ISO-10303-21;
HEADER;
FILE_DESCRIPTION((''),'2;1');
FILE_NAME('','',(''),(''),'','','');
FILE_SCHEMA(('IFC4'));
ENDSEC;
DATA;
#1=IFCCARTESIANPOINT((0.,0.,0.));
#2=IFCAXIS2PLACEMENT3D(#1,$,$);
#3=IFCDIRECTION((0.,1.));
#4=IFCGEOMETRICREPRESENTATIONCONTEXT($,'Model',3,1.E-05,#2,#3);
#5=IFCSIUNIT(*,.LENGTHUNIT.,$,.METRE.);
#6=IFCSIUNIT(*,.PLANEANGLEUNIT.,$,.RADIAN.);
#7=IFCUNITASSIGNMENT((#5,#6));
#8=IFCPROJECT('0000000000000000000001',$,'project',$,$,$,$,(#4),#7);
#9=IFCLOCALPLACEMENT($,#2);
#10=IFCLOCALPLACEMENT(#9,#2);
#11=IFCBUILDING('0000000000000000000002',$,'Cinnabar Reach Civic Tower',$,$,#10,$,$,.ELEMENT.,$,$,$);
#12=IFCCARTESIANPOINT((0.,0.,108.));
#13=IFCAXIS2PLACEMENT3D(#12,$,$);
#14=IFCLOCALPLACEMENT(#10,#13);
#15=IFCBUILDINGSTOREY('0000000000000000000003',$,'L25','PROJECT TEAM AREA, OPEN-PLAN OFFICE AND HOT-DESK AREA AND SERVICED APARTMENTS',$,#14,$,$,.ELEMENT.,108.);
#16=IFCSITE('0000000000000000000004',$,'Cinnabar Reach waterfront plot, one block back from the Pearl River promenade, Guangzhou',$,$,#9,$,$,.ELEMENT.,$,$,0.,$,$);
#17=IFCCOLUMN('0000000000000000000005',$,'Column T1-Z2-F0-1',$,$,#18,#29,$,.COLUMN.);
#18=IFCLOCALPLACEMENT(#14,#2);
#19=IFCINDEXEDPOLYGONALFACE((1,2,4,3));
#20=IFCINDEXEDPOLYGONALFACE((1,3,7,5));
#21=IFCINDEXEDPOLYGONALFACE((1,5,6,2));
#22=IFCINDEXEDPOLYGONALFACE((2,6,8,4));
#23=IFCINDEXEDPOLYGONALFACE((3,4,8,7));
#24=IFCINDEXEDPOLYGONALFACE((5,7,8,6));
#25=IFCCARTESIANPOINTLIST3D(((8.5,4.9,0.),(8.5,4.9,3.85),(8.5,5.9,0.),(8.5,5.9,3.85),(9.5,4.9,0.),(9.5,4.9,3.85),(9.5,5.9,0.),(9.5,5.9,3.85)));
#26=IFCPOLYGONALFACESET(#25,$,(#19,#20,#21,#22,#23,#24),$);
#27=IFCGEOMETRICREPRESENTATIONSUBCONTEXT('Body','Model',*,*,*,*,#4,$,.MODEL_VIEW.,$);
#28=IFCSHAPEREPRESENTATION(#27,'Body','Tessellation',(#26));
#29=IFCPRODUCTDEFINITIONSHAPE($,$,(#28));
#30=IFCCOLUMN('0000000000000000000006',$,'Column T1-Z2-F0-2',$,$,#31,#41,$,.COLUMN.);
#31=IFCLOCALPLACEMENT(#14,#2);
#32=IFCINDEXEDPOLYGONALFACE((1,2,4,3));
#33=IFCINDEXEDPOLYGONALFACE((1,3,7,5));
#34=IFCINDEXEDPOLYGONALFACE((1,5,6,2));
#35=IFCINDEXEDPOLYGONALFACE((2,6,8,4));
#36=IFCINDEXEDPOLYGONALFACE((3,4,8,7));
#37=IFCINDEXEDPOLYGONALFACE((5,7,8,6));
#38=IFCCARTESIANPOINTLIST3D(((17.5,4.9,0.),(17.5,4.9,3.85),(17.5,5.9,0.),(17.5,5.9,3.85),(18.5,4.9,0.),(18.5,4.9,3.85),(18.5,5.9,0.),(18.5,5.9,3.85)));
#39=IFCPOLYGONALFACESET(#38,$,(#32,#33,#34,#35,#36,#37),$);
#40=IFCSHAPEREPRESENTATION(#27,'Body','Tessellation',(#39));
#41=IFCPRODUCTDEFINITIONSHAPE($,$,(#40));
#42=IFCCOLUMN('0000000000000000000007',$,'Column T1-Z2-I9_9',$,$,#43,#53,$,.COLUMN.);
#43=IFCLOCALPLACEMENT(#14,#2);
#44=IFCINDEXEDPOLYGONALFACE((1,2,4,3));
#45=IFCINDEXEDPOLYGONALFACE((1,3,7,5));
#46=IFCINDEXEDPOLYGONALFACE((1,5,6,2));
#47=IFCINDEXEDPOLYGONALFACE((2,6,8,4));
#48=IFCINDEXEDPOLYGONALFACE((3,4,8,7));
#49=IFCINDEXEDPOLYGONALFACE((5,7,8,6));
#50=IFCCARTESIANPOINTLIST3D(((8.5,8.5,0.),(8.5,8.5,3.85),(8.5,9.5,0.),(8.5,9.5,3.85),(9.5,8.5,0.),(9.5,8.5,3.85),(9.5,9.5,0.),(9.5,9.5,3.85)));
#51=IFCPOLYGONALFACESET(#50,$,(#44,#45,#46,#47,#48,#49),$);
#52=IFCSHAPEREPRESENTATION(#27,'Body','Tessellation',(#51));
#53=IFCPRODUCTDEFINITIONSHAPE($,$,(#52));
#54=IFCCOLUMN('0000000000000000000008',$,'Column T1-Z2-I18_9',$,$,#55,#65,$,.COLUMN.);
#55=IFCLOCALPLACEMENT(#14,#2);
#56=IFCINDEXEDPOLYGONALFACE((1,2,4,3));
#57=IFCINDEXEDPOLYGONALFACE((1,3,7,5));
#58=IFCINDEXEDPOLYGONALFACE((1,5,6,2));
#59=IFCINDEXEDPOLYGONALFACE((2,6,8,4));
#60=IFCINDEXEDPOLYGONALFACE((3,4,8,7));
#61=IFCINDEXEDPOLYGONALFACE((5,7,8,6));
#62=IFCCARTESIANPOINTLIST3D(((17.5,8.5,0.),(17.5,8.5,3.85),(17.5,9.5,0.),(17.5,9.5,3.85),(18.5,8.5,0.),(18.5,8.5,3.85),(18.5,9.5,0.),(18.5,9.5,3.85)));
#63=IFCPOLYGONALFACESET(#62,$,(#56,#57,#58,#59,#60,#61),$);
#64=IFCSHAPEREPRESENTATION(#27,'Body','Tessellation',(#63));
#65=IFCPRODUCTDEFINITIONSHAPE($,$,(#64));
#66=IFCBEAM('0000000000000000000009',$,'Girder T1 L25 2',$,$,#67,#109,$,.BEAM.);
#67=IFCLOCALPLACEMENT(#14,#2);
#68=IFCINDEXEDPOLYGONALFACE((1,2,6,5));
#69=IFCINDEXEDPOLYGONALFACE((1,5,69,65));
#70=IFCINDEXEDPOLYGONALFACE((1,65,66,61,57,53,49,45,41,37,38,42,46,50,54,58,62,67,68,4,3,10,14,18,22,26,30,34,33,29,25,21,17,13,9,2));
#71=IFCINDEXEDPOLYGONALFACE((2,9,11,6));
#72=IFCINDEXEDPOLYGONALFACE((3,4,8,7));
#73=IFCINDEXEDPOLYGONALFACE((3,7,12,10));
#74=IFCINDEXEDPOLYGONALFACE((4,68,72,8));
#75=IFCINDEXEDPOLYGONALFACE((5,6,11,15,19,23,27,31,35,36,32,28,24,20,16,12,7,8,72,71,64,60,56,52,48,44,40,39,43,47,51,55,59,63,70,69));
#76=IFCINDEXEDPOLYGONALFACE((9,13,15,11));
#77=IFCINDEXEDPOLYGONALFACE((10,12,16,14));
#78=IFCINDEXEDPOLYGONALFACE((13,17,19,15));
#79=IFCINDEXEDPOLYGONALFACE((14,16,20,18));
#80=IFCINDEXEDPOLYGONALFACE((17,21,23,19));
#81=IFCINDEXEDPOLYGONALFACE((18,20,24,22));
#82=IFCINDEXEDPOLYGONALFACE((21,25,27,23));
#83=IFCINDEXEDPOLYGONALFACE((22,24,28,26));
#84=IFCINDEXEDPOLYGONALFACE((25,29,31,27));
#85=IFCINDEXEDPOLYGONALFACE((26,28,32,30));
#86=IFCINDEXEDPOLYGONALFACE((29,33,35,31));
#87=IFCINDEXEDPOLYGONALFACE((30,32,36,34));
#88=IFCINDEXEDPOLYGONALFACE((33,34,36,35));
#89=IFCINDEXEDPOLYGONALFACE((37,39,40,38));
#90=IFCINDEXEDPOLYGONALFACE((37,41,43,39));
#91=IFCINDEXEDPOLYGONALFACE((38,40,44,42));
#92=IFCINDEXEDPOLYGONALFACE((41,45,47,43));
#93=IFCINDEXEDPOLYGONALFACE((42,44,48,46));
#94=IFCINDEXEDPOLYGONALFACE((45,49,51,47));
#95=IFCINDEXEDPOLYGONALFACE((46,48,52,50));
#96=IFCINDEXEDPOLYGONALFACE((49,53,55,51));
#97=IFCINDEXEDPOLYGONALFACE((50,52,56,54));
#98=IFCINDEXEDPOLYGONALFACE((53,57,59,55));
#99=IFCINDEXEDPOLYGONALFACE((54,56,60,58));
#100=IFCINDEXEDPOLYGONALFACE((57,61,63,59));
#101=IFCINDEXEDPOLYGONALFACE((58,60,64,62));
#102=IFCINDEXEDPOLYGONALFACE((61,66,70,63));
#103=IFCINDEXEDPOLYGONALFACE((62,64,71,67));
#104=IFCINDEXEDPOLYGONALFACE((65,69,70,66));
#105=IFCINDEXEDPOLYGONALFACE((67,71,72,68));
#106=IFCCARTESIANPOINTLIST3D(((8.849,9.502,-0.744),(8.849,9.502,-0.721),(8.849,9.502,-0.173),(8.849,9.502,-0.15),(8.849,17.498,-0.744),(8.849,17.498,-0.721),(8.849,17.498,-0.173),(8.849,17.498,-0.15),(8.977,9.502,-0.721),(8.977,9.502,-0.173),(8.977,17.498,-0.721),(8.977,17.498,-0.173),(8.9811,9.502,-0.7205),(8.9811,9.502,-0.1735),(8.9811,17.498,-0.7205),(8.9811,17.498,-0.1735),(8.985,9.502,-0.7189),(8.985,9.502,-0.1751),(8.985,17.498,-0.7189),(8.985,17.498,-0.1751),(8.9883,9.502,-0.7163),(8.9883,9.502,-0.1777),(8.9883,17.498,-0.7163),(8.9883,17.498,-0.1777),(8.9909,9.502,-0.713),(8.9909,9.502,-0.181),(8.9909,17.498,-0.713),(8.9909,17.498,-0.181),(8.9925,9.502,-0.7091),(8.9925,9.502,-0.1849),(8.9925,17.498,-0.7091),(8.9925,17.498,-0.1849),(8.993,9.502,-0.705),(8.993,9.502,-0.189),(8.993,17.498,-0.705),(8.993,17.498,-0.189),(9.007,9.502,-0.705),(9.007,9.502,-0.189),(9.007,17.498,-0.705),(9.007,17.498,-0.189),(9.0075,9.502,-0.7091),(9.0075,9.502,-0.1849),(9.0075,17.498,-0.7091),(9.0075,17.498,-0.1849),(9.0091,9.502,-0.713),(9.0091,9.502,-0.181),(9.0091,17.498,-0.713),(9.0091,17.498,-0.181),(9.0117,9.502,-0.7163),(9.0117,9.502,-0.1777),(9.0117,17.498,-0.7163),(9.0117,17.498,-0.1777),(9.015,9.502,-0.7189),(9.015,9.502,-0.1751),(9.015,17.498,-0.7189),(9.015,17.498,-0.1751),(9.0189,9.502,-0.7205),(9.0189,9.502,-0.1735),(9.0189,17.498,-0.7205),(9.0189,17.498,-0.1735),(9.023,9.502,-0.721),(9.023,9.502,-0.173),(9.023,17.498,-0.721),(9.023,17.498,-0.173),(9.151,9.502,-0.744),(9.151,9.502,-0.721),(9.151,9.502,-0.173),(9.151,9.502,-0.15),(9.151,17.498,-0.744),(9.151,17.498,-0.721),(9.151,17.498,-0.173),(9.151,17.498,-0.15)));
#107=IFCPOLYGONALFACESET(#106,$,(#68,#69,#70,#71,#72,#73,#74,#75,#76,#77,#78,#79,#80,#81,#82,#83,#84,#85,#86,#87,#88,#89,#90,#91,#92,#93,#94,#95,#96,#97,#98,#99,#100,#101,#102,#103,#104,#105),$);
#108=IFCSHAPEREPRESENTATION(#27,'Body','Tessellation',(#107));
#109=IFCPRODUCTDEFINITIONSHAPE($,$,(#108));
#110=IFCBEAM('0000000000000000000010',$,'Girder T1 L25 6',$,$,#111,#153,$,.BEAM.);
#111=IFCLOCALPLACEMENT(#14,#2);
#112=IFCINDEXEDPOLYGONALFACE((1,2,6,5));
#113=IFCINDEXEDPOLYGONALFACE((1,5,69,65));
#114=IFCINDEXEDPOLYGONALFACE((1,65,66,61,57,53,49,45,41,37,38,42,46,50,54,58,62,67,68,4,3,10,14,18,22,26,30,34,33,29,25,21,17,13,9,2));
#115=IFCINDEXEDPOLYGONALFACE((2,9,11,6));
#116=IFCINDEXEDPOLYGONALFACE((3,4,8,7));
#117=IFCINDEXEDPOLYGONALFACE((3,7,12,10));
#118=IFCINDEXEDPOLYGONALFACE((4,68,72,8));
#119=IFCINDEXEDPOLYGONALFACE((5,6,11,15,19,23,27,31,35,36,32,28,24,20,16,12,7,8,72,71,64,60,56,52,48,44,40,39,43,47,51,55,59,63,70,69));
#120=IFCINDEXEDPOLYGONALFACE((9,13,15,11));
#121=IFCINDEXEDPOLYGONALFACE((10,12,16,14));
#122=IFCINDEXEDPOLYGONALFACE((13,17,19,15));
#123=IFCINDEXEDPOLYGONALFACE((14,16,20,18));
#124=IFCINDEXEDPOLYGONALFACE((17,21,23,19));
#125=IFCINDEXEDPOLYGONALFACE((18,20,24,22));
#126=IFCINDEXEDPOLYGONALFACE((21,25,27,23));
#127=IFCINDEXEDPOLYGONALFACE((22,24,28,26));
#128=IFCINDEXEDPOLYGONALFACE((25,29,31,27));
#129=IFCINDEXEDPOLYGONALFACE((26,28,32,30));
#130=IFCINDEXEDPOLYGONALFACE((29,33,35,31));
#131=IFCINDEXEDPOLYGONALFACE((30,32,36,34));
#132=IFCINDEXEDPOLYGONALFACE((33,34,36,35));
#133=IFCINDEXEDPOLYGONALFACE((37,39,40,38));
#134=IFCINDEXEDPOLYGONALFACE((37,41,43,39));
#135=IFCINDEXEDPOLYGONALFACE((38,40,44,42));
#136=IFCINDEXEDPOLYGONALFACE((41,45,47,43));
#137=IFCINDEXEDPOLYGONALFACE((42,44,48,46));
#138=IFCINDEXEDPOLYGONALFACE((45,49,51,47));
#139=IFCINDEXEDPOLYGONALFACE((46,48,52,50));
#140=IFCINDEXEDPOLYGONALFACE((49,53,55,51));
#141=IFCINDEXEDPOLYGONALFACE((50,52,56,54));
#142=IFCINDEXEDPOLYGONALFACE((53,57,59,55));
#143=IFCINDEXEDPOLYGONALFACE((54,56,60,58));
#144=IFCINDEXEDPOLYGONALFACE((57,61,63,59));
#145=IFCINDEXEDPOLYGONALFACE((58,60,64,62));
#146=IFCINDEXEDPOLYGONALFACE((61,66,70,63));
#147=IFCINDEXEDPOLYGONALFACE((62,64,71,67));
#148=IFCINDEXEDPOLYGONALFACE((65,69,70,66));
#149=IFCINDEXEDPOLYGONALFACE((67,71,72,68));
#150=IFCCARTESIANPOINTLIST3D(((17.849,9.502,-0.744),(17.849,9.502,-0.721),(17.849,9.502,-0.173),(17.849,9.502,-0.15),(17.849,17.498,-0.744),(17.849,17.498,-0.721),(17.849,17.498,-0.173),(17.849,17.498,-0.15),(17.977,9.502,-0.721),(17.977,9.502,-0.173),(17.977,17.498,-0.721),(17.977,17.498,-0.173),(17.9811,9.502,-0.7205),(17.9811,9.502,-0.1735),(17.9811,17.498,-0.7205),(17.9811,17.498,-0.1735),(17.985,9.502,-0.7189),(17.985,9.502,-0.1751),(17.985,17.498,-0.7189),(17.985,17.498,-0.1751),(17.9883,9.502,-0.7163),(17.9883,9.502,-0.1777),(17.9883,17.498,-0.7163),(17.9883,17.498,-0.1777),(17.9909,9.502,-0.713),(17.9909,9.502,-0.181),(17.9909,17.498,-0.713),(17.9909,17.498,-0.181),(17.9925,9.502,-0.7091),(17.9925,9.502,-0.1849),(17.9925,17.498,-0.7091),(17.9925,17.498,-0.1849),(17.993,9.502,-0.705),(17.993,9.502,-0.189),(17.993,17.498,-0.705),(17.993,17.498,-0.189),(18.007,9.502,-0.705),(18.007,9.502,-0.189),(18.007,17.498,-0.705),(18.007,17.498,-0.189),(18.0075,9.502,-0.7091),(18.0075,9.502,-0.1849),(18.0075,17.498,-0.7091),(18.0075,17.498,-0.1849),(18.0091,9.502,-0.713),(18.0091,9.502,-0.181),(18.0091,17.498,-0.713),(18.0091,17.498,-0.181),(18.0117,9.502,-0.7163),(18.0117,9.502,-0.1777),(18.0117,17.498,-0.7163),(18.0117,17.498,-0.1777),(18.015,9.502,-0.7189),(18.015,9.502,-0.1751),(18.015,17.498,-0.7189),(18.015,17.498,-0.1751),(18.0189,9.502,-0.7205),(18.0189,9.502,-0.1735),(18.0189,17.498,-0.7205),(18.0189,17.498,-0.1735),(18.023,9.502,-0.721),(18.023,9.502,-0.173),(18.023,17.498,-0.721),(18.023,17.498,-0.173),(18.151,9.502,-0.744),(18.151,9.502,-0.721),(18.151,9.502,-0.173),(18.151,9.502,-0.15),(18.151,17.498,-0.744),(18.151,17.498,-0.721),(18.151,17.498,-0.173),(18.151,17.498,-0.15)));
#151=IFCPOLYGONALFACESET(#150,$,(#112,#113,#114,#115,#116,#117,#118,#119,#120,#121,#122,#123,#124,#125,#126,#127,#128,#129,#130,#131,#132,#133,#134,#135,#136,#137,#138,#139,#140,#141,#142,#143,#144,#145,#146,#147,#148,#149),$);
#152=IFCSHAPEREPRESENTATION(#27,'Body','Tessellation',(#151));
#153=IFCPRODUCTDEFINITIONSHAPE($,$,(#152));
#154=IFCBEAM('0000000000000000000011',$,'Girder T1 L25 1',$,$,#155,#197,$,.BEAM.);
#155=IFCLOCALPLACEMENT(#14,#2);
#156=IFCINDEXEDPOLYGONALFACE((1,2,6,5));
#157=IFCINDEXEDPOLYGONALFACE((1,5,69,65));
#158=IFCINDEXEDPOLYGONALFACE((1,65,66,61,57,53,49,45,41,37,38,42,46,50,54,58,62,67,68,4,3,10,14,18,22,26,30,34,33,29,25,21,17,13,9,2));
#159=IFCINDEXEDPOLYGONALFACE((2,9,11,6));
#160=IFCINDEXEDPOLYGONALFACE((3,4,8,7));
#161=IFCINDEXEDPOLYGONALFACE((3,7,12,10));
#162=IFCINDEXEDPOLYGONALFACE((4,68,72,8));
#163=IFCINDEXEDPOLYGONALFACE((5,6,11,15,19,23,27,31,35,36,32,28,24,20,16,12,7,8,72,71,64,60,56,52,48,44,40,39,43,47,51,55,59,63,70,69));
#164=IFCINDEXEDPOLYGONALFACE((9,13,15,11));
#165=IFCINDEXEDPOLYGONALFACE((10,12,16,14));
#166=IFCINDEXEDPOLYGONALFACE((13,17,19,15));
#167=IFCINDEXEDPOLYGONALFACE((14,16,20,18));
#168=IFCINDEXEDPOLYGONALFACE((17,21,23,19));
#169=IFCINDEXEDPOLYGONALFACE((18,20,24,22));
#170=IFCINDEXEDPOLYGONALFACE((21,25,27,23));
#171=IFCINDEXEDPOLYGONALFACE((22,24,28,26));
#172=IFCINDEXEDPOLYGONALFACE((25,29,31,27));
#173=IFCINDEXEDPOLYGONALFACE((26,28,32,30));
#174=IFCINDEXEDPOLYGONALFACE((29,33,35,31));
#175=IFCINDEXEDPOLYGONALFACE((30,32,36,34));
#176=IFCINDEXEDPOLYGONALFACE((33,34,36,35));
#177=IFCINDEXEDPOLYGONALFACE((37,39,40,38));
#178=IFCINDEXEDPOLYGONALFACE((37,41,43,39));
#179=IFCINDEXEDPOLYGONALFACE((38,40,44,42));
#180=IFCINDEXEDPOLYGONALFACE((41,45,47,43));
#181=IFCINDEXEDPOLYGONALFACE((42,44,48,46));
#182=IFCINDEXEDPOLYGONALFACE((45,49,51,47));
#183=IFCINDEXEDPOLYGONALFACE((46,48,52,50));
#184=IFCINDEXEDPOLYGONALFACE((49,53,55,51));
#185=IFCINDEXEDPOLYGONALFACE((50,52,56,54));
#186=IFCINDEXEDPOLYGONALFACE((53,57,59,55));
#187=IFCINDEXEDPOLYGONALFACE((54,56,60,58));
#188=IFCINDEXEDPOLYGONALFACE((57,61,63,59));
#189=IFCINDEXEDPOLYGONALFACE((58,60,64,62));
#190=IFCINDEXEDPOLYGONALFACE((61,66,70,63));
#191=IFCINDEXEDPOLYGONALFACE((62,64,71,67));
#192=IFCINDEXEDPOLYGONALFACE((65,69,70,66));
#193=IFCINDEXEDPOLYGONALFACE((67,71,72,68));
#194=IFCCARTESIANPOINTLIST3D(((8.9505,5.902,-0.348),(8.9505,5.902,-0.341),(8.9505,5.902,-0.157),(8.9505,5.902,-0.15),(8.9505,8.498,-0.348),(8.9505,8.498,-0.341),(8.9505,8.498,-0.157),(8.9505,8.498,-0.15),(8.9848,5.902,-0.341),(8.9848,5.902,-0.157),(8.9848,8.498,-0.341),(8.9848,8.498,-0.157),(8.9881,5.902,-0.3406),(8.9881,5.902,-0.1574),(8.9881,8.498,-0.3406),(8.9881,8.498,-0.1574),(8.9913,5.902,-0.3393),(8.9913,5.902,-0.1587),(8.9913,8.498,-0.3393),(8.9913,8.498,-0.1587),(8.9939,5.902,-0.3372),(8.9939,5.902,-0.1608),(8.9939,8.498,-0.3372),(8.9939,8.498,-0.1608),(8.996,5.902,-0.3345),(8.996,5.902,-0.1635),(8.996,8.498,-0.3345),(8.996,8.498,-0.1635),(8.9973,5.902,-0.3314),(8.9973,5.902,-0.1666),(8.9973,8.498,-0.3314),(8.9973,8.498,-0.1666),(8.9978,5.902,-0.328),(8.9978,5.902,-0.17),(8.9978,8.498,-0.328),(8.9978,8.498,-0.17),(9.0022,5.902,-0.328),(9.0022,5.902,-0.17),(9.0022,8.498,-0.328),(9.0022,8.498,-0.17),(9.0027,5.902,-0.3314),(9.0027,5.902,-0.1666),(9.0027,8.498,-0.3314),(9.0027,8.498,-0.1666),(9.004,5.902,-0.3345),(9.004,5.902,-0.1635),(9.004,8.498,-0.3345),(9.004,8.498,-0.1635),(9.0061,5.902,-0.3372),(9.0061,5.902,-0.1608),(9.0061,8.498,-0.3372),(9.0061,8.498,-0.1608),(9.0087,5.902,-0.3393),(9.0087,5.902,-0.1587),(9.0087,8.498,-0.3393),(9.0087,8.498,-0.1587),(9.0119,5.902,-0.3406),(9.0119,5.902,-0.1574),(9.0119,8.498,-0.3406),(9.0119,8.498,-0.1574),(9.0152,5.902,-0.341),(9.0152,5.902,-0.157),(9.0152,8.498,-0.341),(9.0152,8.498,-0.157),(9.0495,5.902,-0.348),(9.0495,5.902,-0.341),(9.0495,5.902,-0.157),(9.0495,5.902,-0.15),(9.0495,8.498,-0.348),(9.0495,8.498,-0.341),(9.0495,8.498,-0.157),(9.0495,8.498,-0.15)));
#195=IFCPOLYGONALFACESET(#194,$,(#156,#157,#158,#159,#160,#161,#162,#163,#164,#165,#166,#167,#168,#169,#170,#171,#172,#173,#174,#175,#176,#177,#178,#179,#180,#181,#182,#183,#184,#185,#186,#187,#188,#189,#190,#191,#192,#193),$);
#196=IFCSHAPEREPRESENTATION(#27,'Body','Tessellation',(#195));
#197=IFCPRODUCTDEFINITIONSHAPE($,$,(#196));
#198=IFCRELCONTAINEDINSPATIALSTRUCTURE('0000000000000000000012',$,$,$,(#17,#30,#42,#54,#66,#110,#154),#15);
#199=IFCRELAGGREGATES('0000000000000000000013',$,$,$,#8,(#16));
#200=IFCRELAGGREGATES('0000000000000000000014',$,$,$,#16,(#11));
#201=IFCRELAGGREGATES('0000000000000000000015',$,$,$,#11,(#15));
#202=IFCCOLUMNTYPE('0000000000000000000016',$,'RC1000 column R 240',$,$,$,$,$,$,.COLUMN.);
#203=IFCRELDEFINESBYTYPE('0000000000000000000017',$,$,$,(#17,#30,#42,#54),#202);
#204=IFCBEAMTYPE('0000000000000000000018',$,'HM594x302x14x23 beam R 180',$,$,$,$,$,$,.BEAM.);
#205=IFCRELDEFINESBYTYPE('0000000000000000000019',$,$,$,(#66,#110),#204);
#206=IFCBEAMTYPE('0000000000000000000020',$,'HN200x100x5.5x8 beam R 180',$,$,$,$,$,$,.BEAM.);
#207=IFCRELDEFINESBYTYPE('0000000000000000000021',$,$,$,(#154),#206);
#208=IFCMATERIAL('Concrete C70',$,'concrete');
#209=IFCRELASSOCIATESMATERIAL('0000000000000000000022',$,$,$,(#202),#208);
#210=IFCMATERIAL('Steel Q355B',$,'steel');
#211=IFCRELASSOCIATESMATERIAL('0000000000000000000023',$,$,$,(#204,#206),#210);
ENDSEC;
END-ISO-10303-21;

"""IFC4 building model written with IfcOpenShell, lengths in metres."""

from ifc_helpers import new_model, si_unit, direction, frame, origin, origin_2d, place, context, subcontext, project, spatial, rectangle, i_section, extrude, material, material_profile, profile_set, type_object, element, save


model = new_model("IFC4")

# Units and contexts
model_context = context("Model", 3, precision=1e-05, world=origin(), true_north=direction((0.0, 1.0)))
body_context = subcontext(model_context, "Body", "Model", "MODEL_VIEW")
ifc_project = project(units=[si_unit("LENGTHUNIT", "METRE"), si_unit("PLANEANGLEUNIT", "RADIAN")], contexts=[model_context])

# Site, building, storey
site_placement = place(None, origin())
site = spatial("IfcSite", under=ifc_project, at=site_placement, Name="Cinnabar Reach waterfront plot, one block back from the Pearl River promenade, Guangzhou", CompositionType="ELEMENT", RefElevation=0.0)
building_placement = place(site_placement, origin())
building = spatial("IfcBuilding", under=site, at=building_placement, Name="Cinnabar Reach Civic Tower", CompositionType="ELEMENT")
storey_placement = place(building_placement, frame((0.0, 0.0, 108.0)))
storey = spatial("IfcBuildingStorey", under=building, at=storey_placement, Name="L25", Description="PROJECT TEAM AREA, OPEN-PLAN OFFICE AND HOT-DESK AREA AND SERVICED APARTMENTS", CompositionType="ELEMENT", Elevation=108.0)

# Columns
ifc_material_1 = material(Name="Concrete C70", Category="concrete")
ifc_material_profile_1 = material_profile(ifc_material_1, rectangle(XDim=1.0, YDim=1.0, at=origin_2d()), Name="RC1000")
ifc_profile_set_1 = profile_set([ifc_material_profile_1], Name="Concrete C70")
column_type = type_object("IfcColumnType", Name="RC1000 column R 240", PredefinedType="COLUMN", material=ifc_profile_set_1)
for number, where, z_axis, x_axis, name in (
    (1, (9.0, 5.4, 0.0), (0.0, 0.0, 1.0), (1.0, 0.0, 0.0), "Column T1-Z2-F0-1"),
    (2, (18.0, 5.4, 0.0), (0.0, 0.0, 1.0), (1.0, 0.0, 0.0), "Column T1-Z2-F0-2"),
    (3, (9.0, 9.0, 0.0), (0.0, 0.0, 1.0), (1.0, 0.0, 0.0), "Column T1-Z2-I9_9"),
    (4, (18.0, 9.0, 0.0), (0.0, 0.0, 1.0), (1.0, 0.0, 0.0), "Column T1-Z2-I18_9"),
):
    element("IfcColumn", number, at=place(storey_placement, frame(where, z_axis=z_axis, x_axis=x_axis)), inside=storey, type_object=column_type, Name=name, PredefinedType="COLUMN", context=body_context, shape_type="SweptSolid", body=[
        extrude(rectangle(XDim=1.0, YDim=1.0, at=origin_2d()), origin(), (0.0, 0.0, 1.0), 3.85),
    ])

# Beams
ifc_material_2 = material(Name="Steel Q355B", Category="steel")
ifc_material_profile_2 = material_profile(ifc_material_2, i_section(OverallWidth=0.302, OverallDepth=0.594, WebThickness=0.014, FlangeThickness=0.023, FilletRadius=0.016, at=origin_2d()), Name="HM594x302x14x23")
ifc_profile_set_2 = profile_set([ifc_material_profile_2], Name="Steel Q355B")
beam_type_1 = type_object("IfcBeamType", Name="HM594x302x14x23 beam R 180", PredefinedType="BEAM", material=ifc_profile_set_2)
for number, where, z_axis, x_axis, name in (
    (5, (9.0, 9.502, -0.447), (0.0, 1.0, 0.0), (-1.0, 0.0, 0.0), "Girder T1 L25 2"),
    (6, (18.0, 9.502, -0.447), (0.0, 1.0, 0.0), (-1.0, 0.0, 0.0), "Girder T1 L25 6"),
):
    element("IfcBeam", number, at=place(storey_placement, frame(where, z_axis=z_axis, x_axis=x_axis)), inside=storey, type_object=beam_type_1, Name=name, PredefinedType="BEAM", context=body_context, shape_type="SweptSolid", body=[
        extrude(i_section(OverallWidth=0.302, OverallDepth=0.594, WebThickness=0.014, FlangeThickness=0.023, FilletRadius=0.016, at=origin_2d()), origin(), (0.0, 0.0, 1.0), 7.996),
    ])
ifc_material_profile_3 = material_profile(ifc_material_2, i_section(OverallWidth=0.099, OverallDepth=0.198, WebThickness=0.0045, FlangeThickness=0.007, FilletRadius=0.013, at=origin_2d()), Name="HN200x100x5.5x8")
ifc_profile_set_3 = profile_set([ifc_material_profile_3], Name="Steel Q355B")
beam_type_2 = type_object("IfcBeamType", Name="HN200x100x5.5x8 beam R 180", PredefinedType="BEAM", material=ifc_profile_set_3)
for number, where, z_axis, x_axis, name in (
    (7, (9.0, 5.902, -0.249), (0.0, 1.0, 0.0), (-1.0, 0.0, 0.0), "Girder T1 L25 1"),
):
    element("IfcBeam", number, at=place(storey_placement, frame(where, z_axis=z_axis, x_axis=x_axis)), inside=storey, type_object=beam_type_2, Name=name, PredefinedType="BEAM", context=body_context, shape_type="SweptSolid", body=[
        extrude(i_section(OverallWidth=0.099, OverallDepth=0.198, WebThickness=0.0045, FlangeThickness=0.007, FilletRadius=0.013, at=origin_2d()), origin(), (0.0, 0.0, 1.0), 2.596),
    ])

save(model, "model.ifc")
